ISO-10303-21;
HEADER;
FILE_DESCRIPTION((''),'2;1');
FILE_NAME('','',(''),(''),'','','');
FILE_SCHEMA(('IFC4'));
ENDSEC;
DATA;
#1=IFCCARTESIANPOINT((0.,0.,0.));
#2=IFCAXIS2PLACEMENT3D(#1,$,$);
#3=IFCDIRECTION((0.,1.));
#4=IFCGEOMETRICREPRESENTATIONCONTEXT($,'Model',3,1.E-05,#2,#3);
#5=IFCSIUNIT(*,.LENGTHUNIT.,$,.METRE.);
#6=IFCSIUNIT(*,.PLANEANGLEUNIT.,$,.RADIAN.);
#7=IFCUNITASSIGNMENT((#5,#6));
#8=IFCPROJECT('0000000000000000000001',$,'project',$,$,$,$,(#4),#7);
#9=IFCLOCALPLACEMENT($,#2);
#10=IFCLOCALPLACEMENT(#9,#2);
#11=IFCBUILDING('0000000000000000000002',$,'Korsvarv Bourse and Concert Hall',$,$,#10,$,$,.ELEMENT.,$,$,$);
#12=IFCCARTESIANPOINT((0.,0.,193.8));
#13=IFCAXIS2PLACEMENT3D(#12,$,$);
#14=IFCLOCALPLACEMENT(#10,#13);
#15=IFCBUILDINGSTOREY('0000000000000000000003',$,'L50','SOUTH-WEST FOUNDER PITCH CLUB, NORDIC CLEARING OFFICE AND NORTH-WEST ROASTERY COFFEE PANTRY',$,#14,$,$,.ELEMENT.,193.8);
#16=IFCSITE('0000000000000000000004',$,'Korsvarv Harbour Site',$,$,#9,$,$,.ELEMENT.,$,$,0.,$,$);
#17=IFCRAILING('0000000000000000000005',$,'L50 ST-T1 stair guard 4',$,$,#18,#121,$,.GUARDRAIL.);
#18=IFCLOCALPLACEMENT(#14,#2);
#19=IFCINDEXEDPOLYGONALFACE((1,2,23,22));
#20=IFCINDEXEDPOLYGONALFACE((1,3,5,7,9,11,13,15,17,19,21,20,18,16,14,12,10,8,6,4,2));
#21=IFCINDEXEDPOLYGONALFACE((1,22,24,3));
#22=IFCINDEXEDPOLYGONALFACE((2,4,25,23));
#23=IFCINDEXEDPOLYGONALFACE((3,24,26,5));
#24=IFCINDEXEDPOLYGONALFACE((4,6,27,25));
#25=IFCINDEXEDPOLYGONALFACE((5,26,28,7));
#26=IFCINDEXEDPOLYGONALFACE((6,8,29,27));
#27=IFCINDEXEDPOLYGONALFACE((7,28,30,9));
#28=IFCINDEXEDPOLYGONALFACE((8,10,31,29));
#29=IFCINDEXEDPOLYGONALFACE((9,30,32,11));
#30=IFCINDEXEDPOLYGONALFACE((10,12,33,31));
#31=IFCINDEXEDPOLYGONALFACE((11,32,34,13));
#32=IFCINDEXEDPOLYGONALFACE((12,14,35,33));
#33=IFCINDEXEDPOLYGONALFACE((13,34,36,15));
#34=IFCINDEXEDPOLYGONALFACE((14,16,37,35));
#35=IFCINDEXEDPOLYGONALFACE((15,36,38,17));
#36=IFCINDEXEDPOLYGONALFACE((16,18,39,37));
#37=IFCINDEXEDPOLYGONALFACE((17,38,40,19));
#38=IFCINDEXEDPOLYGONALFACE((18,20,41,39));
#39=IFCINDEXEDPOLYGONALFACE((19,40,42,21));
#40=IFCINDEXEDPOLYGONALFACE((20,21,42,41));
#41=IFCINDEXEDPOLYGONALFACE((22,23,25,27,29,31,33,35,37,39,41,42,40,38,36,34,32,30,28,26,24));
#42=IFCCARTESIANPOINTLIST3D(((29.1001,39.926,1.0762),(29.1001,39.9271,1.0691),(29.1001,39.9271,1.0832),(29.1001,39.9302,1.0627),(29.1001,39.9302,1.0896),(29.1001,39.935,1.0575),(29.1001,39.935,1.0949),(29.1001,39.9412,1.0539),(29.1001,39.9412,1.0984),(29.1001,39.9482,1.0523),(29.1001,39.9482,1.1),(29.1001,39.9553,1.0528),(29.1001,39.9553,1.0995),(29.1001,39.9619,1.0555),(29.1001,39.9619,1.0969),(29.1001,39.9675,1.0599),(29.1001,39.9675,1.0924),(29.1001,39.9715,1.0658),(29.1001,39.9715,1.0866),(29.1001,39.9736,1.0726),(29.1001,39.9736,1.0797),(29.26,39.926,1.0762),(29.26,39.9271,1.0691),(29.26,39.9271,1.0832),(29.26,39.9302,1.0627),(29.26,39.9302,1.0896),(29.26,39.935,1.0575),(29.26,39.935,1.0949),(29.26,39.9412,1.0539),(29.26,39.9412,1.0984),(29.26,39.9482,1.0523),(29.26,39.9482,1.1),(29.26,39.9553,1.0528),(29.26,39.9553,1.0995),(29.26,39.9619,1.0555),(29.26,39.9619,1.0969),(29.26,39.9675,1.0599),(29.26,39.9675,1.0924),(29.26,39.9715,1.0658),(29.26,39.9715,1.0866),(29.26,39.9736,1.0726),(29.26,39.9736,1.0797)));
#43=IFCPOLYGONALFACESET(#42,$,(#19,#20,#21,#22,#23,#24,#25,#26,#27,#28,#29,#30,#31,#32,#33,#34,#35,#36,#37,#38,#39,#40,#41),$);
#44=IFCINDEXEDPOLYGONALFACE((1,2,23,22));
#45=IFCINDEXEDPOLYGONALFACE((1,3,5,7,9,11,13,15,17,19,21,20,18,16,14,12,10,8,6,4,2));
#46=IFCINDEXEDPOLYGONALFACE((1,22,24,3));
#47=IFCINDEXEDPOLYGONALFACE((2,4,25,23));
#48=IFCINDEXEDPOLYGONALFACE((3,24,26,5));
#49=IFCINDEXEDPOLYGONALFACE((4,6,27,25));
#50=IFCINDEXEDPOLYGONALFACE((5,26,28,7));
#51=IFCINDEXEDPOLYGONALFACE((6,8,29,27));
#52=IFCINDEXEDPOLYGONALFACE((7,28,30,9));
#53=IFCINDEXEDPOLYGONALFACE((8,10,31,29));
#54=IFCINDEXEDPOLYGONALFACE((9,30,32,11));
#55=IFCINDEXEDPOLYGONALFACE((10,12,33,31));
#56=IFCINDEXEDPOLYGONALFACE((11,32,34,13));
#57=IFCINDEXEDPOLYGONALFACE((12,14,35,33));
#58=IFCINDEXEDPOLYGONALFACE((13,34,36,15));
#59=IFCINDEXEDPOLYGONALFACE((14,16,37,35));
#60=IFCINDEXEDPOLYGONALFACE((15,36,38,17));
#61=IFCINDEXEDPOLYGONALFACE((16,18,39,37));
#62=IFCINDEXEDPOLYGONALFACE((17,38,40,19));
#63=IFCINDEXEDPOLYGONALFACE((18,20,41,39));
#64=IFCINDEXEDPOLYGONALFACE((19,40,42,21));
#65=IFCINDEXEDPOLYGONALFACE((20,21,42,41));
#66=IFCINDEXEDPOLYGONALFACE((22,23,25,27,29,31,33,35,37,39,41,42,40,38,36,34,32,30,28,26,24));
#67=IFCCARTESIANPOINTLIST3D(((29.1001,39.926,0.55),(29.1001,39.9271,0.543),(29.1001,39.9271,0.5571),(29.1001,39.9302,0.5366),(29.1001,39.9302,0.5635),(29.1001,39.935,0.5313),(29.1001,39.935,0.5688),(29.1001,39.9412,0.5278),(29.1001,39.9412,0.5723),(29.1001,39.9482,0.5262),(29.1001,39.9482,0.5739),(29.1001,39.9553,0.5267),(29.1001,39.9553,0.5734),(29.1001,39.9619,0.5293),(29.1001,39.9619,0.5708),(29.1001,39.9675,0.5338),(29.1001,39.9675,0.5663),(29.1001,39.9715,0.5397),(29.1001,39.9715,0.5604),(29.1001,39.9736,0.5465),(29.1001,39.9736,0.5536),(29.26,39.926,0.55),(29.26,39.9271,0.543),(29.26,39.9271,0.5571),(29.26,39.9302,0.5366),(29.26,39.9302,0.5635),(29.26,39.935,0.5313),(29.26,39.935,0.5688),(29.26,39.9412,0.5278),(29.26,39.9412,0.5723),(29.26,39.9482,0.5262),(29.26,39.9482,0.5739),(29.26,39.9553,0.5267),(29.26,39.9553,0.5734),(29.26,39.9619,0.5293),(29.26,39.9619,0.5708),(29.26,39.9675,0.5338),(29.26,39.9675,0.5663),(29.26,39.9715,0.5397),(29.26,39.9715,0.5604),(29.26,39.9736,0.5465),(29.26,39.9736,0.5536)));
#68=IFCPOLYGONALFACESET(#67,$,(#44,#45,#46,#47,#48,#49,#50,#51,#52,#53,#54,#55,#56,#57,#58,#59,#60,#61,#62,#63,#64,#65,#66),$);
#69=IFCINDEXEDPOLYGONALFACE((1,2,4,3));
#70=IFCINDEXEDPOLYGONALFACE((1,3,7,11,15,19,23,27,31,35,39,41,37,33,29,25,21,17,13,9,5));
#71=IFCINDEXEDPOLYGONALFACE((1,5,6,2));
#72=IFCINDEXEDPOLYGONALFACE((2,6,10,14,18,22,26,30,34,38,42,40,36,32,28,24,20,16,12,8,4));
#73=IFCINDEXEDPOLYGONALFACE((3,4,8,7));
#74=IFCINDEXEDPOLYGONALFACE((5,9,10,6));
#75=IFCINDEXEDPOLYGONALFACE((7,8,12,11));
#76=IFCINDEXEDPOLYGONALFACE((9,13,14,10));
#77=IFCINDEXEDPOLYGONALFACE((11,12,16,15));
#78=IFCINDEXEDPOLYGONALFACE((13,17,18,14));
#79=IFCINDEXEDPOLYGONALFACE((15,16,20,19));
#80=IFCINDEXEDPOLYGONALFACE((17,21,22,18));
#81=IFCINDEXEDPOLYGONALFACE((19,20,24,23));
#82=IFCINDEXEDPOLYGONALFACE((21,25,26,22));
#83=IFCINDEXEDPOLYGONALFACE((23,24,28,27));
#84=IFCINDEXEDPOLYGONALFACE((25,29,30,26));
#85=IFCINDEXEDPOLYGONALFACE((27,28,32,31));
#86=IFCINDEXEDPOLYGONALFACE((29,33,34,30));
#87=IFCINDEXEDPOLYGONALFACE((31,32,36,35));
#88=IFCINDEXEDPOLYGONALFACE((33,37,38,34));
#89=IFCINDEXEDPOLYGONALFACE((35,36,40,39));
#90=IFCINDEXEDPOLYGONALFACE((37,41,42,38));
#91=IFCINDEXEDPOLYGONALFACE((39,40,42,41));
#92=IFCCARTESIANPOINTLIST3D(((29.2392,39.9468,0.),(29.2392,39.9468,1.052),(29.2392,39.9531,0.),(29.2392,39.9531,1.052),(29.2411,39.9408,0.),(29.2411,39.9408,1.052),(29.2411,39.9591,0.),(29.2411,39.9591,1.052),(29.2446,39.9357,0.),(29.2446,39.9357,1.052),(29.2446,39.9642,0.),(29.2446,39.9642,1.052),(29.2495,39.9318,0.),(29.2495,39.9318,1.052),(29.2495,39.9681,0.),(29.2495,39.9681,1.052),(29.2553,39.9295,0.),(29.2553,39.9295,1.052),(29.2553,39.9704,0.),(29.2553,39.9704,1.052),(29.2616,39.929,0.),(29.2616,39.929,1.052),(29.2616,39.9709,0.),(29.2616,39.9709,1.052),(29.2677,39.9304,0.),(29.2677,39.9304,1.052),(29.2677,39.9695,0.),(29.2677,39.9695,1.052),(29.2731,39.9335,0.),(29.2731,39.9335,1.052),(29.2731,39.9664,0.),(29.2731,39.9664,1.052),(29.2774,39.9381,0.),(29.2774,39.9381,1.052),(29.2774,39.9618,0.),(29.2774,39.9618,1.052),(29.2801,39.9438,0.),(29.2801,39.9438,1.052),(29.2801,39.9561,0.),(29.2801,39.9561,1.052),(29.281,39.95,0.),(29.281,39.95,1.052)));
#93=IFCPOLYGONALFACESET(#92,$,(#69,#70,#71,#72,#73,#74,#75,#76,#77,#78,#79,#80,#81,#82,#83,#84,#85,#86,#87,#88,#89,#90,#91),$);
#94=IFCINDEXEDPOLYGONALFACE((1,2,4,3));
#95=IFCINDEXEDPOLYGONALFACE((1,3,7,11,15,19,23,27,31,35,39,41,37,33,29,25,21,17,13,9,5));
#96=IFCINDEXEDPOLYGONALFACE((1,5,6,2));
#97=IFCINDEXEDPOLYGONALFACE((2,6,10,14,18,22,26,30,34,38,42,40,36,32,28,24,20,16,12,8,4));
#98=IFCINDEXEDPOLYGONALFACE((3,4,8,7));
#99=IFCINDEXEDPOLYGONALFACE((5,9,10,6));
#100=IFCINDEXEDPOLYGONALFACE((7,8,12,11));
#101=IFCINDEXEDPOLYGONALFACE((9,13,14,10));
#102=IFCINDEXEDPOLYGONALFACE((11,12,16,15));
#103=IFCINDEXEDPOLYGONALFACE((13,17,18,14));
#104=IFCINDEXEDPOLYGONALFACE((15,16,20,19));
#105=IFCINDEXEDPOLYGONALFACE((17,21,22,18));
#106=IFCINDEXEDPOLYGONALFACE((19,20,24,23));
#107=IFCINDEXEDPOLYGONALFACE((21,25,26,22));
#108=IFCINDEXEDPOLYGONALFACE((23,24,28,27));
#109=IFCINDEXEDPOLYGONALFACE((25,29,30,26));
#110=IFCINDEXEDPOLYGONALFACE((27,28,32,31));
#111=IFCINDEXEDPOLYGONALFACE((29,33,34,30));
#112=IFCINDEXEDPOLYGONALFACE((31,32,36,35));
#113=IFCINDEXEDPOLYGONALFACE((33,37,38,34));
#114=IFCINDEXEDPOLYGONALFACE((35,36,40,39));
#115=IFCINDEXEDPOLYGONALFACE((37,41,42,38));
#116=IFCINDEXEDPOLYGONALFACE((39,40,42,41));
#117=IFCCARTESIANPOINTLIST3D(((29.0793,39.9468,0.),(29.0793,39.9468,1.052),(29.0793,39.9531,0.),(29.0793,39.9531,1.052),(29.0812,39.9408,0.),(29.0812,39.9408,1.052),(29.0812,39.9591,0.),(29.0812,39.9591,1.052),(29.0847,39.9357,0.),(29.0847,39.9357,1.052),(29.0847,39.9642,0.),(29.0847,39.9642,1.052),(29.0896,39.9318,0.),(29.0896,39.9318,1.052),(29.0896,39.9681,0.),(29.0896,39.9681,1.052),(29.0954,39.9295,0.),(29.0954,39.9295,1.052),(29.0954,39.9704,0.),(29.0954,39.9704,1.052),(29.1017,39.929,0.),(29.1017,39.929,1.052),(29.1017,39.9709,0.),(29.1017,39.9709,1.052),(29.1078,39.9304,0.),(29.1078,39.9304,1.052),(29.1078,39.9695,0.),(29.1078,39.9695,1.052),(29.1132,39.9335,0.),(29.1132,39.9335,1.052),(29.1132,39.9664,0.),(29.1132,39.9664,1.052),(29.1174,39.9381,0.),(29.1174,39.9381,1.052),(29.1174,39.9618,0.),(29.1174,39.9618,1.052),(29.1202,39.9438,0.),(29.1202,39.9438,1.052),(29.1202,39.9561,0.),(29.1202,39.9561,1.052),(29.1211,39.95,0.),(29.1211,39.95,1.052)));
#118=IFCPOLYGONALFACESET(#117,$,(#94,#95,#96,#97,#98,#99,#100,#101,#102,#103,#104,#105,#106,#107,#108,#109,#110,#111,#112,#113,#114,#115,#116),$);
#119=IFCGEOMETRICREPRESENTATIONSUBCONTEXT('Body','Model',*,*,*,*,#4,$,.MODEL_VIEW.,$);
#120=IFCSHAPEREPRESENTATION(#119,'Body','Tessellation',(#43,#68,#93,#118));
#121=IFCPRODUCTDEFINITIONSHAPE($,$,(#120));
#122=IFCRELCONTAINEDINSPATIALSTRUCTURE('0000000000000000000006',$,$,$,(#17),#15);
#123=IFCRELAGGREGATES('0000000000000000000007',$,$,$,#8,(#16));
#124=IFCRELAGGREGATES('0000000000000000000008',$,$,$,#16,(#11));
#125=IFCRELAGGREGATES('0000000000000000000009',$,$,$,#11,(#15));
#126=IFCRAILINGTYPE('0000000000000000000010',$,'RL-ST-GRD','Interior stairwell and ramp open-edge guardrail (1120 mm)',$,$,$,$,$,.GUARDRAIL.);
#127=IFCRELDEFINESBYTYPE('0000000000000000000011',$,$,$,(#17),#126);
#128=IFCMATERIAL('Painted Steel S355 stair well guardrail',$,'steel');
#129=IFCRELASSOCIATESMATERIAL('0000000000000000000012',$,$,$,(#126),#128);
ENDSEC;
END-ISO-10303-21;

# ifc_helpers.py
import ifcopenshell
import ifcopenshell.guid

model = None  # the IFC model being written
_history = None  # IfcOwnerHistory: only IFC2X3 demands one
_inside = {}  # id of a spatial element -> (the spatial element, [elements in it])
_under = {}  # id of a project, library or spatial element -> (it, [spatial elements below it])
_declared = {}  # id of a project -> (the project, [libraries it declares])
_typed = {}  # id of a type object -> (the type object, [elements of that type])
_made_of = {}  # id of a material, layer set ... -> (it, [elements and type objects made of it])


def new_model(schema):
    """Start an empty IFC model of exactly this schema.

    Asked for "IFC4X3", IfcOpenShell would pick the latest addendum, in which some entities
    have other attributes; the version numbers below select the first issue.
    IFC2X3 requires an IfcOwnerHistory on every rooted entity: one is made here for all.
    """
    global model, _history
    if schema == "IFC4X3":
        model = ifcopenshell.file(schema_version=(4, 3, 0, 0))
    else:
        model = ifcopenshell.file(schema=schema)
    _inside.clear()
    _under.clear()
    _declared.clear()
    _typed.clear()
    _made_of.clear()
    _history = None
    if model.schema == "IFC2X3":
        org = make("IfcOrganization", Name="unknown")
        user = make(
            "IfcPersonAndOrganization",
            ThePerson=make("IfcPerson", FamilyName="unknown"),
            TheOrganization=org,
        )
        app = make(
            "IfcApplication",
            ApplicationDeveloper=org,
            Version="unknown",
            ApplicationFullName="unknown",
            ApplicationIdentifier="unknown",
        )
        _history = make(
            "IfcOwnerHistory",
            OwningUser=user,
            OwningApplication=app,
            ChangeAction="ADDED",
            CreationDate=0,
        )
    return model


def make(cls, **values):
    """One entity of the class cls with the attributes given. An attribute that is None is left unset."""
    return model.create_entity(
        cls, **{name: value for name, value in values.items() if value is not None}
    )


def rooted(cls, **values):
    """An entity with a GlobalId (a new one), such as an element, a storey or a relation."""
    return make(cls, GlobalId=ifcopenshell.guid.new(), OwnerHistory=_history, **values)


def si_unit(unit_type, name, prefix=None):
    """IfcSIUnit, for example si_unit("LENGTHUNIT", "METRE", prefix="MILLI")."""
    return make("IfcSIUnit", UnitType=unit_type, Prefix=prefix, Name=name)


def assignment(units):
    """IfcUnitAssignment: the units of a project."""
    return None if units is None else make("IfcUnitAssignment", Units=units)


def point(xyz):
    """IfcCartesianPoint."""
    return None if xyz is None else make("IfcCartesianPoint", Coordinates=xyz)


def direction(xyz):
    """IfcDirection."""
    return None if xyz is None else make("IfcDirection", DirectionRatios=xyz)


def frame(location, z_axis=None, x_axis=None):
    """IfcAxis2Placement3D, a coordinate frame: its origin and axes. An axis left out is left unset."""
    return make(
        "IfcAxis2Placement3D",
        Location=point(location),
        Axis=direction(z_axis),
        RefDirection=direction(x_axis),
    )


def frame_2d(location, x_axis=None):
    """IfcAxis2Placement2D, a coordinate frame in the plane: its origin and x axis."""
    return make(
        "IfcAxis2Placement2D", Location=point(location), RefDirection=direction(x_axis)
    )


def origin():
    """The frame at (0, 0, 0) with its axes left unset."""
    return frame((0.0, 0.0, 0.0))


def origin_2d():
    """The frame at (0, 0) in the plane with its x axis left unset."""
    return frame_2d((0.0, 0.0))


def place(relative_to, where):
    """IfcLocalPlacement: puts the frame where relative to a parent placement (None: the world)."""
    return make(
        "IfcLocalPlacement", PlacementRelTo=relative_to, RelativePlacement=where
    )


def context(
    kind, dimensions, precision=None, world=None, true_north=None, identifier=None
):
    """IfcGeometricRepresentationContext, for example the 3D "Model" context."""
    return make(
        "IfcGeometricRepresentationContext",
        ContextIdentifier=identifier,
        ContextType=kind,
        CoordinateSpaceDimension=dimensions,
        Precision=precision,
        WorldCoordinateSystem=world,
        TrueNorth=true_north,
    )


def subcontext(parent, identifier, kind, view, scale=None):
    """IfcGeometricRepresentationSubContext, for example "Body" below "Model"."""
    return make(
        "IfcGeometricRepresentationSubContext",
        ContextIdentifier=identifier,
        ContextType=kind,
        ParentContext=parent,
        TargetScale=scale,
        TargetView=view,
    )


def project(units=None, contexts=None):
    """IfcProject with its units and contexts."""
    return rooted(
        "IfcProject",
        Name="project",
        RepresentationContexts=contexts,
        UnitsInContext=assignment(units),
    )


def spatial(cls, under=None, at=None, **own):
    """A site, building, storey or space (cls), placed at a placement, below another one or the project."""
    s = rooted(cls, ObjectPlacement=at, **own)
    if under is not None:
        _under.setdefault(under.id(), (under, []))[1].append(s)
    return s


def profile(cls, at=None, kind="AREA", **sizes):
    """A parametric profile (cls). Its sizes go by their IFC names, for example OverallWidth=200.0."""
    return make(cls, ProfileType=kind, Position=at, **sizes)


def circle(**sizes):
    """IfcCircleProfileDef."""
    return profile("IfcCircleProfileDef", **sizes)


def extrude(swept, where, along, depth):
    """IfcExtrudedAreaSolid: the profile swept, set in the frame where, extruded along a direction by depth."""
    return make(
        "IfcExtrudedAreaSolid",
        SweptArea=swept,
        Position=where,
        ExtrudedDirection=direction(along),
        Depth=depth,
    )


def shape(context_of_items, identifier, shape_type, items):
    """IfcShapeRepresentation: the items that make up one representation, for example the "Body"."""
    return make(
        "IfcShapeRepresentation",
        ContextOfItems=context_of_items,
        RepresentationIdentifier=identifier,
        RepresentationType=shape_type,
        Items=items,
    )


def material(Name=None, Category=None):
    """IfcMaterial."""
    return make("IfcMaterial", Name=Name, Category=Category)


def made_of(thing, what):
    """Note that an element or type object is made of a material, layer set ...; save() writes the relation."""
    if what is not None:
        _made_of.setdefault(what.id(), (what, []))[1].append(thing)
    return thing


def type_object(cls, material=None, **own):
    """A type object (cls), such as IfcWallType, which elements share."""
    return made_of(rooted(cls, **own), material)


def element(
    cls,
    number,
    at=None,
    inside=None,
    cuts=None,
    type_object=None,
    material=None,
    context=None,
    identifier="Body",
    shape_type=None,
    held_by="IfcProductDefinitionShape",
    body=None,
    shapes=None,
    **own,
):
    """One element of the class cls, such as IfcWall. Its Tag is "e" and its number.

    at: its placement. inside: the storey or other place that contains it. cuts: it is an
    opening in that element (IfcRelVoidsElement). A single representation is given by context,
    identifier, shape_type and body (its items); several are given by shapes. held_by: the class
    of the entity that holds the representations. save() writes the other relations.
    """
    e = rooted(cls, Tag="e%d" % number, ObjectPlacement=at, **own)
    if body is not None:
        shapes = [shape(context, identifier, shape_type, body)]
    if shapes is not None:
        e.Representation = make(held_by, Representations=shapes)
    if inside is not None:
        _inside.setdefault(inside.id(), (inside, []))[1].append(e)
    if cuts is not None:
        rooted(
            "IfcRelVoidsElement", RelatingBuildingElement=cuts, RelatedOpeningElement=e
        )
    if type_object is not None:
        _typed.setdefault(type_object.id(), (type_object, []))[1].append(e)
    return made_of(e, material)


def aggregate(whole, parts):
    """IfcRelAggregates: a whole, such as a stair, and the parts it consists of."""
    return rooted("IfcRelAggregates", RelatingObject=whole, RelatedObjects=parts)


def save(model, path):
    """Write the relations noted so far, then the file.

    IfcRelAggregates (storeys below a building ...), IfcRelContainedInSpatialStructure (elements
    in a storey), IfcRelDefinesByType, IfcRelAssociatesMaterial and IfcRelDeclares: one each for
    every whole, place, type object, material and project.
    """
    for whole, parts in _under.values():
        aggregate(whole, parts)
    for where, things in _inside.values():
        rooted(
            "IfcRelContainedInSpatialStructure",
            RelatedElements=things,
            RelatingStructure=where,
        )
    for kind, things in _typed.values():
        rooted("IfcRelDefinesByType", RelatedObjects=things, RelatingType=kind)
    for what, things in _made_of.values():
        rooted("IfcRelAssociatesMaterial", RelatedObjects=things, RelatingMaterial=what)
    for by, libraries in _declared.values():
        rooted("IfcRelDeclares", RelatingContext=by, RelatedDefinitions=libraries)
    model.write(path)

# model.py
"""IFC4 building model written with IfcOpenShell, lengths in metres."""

from ifc_helpers import new_model, si_unit, direction, frame, origin, origin_2d, place, context, subcontext, project, spatial, circle, extrude, material, type_object, element, save


model = new_model("IFC4")

# Units and contexts
model_context = context("Model", 3, precision=1e-05, world=origin(), true_north=direction((0.0, 1.0)))
body_context = subcontext(model_context, "Body", "Model", "MODEL_VIEW")
ifc_project = project(units=[si_unit("LENGTHUNIT", "METRE"), si_unit("PLANEANGLEUNIT", "RADIAN")], contexts=[model_context])

# Site, building, storey
site_placement = place(None, origin())
site = spatial("IfcSite", under=ifc_project, at=site_placement, Name="Korsvarv Harbour Site", CompositionType="ELEMENT", RefElevation=0.0)
building_placement = place(site_placement, origin())
building = spatial("IfcBuilding", under=site, at=building_placement, Name="Korsvarv Bourse and Concert Hall", CompositionType="ELEMENT")
storey_placement = place(building_placement, frame((0.0, 0.0, 193.8)))
storey = spatial("IfcBuildingStorey", under=building, at=storey_placement, Name="L50", Description="SOUTH-WEST FOUNDER PITCH CLUB, NORDIC CLEARING OFFICE AND NORTH-WEST ROASTERY COFFEE PANTRY", CompositionType="ELEMENT", Elevation=193.8)

# Railing
ifc_material_1 = material(Name="Painted Steel S355 stair well guardrail", Category="steel")
railing_type_1 = type_object("IfcRailingType", Name="RL-ST-GRD", Description="Interior stairwell and ramp open-edge guardrail (1120 mm)", PredefinedType="GUARDRAIL", material=ifc_material_1)
railing_1_placement = place(storey_placement, frame((29.26, 39.95, 0.0)))
element("IfcRailing", 1, at=railing_1_placement, inside=storey, type_object=railing_type_1, Name="L50 ST-T1 stair guard 4", PredefinedType="GUARDRAIL", context=body_context, shape_type="SweptSolid", body=[
    extrude(circle(Radius=0.0239, at=origin_2d()), frame((0.0, 0.0, 1.0762), z_axis=(-1.0, 0.0, 0.0), x_axis=(0.0, -1.0, 0.0)), (0.0, 0.0, 1.0), 0.1599),
    extrude(circle(Radius=0.0239, at=origin_2d()), frame((0.0, 0.0, 0.55), z_axis=(-1.0, 0.0, 0.0), x_axis=(0.0, -1.0, 0.0)), (0.0, 0.0, 1.0), 0.1599),
    extrude(circle(Radius=0.021, at=origin_2d()), origin(), (0.0, 0.0, 1.0), 1.052),
    extrude(circle(Radius=0.021, at=origin_2d()), frame((-0.1599, 0.0, 0.0)), (0.0, 0.0, 1.0), 1.052),
])

save(model, "model.ifc")
